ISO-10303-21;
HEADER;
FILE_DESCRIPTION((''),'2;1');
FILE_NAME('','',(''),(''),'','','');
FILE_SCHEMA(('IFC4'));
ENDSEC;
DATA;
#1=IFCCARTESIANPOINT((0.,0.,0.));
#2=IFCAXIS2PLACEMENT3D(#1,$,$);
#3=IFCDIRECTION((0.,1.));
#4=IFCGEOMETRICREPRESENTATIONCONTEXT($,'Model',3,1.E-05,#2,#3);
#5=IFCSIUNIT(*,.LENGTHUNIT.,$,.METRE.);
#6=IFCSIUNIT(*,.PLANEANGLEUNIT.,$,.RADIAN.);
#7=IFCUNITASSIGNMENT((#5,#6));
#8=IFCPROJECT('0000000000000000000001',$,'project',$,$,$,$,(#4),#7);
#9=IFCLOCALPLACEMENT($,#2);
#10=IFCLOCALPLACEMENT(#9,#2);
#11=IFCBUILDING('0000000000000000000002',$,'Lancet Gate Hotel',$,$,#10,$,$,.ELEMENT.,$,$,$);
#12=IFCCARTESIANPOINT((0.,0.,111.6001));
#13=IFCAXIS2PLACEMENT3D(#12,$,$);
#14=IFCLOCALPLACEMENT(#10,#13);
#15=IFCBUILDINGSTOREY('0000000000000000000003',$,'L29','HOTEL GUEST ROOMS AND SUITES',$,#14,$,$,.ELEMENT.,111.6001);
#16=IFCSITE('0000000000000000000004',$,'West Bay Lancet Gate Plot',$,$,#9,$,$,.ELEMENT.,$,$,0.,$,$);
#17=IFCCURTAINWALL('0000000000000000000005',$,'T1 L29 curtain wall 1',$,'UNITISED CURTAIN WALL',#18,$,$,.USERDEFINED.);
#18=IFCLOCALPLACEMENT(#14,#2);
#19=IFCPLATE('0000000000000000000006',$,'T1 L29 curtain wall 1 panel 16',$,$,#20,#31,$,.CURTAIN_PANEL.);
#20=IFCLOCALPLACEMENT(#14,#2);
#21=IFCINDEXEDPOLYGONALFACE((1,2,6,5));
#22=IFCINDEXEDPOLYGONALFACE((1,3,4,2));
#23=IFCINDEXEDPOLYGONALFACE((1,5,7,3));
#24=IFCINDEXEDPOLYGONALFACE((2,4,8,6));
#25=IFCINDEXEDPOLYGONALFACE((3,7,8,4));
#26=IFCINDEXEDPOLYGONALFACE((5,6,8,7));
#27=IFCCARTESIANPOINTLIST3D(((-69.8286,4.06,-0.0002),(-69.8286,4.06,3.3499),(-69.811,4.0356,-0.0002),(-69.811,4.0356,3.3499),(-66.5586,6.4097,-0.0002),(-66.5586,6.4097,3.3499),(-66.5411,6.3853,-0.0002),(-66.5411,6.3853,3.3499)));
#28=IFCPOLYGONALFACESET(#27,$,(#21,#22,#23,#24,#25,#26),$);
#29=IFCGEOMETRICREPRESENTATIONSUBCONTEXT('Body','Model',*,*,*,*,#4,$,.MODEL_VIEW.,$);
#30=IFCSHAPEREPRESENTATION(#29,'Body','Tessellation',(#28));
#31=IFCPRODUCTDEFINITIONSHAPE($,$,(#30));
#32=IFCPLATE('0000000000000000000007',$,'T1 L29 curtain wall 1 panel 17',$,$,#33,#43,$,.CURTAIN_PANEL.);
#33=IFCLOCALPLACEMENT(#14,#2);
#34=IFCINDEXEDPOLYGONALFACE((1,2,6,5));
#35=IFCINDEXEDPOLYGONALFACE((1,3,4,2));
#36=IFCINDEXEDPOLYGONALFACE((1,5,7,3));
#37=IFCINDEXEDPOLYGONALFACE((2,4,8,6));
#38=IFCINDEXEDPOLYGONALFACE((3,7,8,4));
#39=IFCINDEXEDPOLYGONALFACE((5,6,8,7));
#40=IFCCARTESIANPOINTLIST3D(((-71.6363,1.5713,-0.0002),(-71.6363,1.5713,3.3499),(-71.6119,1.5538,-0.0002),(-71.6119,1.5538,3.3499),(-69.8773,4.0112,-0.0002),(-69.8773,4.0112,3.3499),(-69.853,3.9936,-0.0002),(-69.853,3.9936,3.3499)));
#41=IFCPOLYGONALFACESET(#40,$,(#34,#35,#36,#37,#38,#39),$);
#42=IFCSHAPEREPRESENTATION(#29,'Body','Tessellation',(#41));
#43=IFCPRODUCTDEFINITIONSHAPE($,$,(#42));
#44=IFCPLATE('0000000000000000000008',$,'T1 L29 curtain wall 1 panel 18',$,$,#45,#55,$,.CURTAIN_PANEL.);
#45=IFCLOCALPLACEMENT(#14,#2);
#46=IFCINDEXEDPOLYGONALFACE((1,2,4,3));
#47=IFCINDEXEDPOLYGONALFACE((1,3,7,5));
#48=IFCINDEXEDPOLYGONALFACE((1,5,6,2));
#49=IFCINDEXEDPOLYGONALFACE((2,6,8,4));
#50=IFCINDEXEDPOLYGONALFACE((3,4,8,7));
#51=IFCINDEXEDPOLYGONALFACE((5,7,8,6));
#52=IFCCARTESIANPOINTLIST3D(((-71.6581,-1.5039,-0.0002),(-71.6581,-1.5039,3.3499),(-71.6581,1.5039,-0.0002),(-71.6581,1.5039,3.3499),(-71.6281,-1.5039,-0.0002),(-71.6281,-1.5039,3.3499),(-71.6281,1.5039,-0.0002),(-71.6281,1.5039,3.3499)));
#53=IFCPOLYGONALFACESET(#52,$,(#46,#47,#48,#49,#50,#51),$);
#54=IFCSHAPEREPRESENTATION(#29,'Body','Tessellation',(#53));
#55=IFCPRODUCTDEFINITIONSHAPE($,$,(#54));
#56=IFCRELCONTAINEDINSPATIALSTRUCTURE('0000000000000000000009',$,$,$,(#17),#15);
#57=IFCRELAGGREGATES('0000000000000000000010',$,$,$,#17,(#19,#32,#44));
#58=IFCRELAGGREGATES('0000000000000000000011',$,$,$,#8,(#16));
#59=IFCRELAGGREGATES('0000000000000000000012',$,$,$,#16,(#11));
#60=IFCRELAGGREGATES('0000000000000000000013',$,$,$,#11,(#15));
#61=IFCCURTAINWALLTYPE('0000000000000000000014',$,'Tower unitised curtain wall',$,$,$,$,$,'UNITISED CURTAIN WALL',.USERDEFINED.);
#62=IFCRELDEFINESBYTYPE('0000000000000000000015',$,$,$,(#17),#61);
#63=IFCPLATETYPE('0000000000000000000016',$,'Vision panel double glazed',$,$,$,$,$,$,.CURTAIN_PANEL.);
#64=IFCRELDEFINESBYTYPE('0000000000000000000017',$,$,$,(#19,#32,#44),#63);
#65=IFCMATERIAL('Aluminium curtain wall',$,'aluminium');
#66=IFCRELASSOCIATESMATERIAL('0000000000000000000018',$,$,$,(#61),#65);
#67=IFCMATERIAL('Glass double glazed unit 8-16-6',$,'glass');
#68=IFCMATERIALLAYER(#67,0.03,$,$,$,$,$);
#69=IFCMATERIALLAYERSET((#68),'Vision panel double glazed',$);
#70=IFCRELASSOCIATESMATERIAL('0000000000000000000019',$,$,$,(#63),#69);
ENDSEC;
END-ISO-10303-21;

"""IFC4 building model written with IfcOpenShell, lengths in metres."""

from ifc_helpers import new_model, si_unit, direction, frame, origin, origin_2d, place, context, subcontext, project, spatial, rectangle, extrude, material, layer, layer_set, type_object, element, aggregate, save


model = new_model("IFC4")

# Units and contexts
model_context = context("Model", 3, precision=1e-05, world=origin(), true_north=direction((0.0, 1.0)))
body_context = subcontext(model_context, "Body", "Model", "MODEL_VIEW")
ifc_project = project(units=[si_unit("LENGTHUNIT", "METRE"), si_unit("PLANEANGLEUNIT", "RADIAN")], contexts=[model_context])

# Site, building, storey
site_placement = place(None, origin())
site = spatial("IfcSite", under=ifc_project, at=site_placement, Name="West Bay Lancet Gate Plot", CompositionType="ELEMENT", RefElevation=0.0)
building_placement = place(site_placement, origin())
building = spatial("IfcBuilding", under=site, at=building_placement, Name="Lancet Gate Hotel", CompositionType="ELEMENT")
storey_placement = place(building_placement, frame((0.0, 0.0, 111.6001)))
storey = spatial("IfcBuildingStorey", under=building, at=storey_placement, Name="L29", Description="HOTEL GUEST ROOMS AND SUITES", CompositionType="ELEMENT", Elevation=111.6001)

# Curtain wall
ifc_material_1 = material(Name="Aluminium curtain wall", Category="aluminium")
curtain_wall_type = type_object("IfcCurtainWallType", Name="Tower unitised curtain wall", ElementType="UNITISED CURTAIN WALL", PredefinedType="USERDEFINED", material=ifc_material_1)
curtain_wall_placement = place(storey_placement, origin())
curtain_wall = element("IfcCurtainWall", 1, at=curtain_wall_placement, inside=storey, type_object=curtain_wall_type, Name="T1 L29 curtain wall 1", ObjectType="UNITISED CURTAIN WALL", PredefinedType="USERDEFINED")

# Plates
ifc_material_2 = material(Name="Glass double glazed unit 8-16-6", Category="glass")
ifc_layer = layer(ifc_material_2, 0.03)
ifc_layer_set = layer_set([ifc_layer], Name="Vision panel double glazed")
plate_type = type_object("IfcPlateType", Name="Vision panel double glazed", PredefinedType="CURTAIN_PANEL", material=ifc_layer_set)
plate_1_placement = place(storey_placement, frame((-68.1848, 5.2227, -0.0002), z_axis=(0.0, 0.0, 1.0), x_axis=(-0.812093, -0.583528, 0.0)))
plate_1 = element("IfcPlate", 2, at=plate_1_placement, type_object=plate_type, Name="T1 L29 curtain wall 1 panel 16", PredefinedType="CURTAIN_PANEL", context=body_context, shape_type="SweptSolid", body=[
    extrude(rectangle(XDim=4.0266, YDim=0.03, at=origin_2d()), origin(), (0.0, 0.0, 1.0), 3.3501),
])
plate_2_placement = place(storey_placement, frame((-70.7446, 2.7825, -0.0002), z_axis=(0.0, 0.0, 1.0), x_axis=(-0.584809, -0.811171, 0.0)))
plate_2 = element("IfcPlate", 3, at=plate_2_placement, type_object=plate_type, Name="T1 L29 curtain wall 1 panel 17", PredefinedType="CURTAIN_PANEL", context=body_context, shape_type="SweptSolid", body=[
    extrude(rectangle(XDim=3.0078, YDim=0.03, at=origin_2d()), origin(), (0.0, 0.0, 1.0), 3.3501),
])
plate_3_placement = place(storey_placement, frame((-71.6431, 0.0, -0.0002), z_axis=(0.0, 0.0, 1.0), x_axis=(0.0, -1.0, 0.0)))
plate_3 = element("IfcPlate", 4, at=plate_3_placement, type_object=plate_type, Name="T1 L29 curtain wall 1 panel 18", PredefinedType="CURTAIN_PANEL", context=body_context, shape_type="SweptSolid", body=[
    extrude(rectangle(XDim=3.0078, YDim=0.03, at=origin_2d()), origin(), (0.0, 0.0, 1.0), 3.3501),
])
aggregate(curtain_wall, [plate_1, plate_2, plate_3])

save(model, "model.ifc")
